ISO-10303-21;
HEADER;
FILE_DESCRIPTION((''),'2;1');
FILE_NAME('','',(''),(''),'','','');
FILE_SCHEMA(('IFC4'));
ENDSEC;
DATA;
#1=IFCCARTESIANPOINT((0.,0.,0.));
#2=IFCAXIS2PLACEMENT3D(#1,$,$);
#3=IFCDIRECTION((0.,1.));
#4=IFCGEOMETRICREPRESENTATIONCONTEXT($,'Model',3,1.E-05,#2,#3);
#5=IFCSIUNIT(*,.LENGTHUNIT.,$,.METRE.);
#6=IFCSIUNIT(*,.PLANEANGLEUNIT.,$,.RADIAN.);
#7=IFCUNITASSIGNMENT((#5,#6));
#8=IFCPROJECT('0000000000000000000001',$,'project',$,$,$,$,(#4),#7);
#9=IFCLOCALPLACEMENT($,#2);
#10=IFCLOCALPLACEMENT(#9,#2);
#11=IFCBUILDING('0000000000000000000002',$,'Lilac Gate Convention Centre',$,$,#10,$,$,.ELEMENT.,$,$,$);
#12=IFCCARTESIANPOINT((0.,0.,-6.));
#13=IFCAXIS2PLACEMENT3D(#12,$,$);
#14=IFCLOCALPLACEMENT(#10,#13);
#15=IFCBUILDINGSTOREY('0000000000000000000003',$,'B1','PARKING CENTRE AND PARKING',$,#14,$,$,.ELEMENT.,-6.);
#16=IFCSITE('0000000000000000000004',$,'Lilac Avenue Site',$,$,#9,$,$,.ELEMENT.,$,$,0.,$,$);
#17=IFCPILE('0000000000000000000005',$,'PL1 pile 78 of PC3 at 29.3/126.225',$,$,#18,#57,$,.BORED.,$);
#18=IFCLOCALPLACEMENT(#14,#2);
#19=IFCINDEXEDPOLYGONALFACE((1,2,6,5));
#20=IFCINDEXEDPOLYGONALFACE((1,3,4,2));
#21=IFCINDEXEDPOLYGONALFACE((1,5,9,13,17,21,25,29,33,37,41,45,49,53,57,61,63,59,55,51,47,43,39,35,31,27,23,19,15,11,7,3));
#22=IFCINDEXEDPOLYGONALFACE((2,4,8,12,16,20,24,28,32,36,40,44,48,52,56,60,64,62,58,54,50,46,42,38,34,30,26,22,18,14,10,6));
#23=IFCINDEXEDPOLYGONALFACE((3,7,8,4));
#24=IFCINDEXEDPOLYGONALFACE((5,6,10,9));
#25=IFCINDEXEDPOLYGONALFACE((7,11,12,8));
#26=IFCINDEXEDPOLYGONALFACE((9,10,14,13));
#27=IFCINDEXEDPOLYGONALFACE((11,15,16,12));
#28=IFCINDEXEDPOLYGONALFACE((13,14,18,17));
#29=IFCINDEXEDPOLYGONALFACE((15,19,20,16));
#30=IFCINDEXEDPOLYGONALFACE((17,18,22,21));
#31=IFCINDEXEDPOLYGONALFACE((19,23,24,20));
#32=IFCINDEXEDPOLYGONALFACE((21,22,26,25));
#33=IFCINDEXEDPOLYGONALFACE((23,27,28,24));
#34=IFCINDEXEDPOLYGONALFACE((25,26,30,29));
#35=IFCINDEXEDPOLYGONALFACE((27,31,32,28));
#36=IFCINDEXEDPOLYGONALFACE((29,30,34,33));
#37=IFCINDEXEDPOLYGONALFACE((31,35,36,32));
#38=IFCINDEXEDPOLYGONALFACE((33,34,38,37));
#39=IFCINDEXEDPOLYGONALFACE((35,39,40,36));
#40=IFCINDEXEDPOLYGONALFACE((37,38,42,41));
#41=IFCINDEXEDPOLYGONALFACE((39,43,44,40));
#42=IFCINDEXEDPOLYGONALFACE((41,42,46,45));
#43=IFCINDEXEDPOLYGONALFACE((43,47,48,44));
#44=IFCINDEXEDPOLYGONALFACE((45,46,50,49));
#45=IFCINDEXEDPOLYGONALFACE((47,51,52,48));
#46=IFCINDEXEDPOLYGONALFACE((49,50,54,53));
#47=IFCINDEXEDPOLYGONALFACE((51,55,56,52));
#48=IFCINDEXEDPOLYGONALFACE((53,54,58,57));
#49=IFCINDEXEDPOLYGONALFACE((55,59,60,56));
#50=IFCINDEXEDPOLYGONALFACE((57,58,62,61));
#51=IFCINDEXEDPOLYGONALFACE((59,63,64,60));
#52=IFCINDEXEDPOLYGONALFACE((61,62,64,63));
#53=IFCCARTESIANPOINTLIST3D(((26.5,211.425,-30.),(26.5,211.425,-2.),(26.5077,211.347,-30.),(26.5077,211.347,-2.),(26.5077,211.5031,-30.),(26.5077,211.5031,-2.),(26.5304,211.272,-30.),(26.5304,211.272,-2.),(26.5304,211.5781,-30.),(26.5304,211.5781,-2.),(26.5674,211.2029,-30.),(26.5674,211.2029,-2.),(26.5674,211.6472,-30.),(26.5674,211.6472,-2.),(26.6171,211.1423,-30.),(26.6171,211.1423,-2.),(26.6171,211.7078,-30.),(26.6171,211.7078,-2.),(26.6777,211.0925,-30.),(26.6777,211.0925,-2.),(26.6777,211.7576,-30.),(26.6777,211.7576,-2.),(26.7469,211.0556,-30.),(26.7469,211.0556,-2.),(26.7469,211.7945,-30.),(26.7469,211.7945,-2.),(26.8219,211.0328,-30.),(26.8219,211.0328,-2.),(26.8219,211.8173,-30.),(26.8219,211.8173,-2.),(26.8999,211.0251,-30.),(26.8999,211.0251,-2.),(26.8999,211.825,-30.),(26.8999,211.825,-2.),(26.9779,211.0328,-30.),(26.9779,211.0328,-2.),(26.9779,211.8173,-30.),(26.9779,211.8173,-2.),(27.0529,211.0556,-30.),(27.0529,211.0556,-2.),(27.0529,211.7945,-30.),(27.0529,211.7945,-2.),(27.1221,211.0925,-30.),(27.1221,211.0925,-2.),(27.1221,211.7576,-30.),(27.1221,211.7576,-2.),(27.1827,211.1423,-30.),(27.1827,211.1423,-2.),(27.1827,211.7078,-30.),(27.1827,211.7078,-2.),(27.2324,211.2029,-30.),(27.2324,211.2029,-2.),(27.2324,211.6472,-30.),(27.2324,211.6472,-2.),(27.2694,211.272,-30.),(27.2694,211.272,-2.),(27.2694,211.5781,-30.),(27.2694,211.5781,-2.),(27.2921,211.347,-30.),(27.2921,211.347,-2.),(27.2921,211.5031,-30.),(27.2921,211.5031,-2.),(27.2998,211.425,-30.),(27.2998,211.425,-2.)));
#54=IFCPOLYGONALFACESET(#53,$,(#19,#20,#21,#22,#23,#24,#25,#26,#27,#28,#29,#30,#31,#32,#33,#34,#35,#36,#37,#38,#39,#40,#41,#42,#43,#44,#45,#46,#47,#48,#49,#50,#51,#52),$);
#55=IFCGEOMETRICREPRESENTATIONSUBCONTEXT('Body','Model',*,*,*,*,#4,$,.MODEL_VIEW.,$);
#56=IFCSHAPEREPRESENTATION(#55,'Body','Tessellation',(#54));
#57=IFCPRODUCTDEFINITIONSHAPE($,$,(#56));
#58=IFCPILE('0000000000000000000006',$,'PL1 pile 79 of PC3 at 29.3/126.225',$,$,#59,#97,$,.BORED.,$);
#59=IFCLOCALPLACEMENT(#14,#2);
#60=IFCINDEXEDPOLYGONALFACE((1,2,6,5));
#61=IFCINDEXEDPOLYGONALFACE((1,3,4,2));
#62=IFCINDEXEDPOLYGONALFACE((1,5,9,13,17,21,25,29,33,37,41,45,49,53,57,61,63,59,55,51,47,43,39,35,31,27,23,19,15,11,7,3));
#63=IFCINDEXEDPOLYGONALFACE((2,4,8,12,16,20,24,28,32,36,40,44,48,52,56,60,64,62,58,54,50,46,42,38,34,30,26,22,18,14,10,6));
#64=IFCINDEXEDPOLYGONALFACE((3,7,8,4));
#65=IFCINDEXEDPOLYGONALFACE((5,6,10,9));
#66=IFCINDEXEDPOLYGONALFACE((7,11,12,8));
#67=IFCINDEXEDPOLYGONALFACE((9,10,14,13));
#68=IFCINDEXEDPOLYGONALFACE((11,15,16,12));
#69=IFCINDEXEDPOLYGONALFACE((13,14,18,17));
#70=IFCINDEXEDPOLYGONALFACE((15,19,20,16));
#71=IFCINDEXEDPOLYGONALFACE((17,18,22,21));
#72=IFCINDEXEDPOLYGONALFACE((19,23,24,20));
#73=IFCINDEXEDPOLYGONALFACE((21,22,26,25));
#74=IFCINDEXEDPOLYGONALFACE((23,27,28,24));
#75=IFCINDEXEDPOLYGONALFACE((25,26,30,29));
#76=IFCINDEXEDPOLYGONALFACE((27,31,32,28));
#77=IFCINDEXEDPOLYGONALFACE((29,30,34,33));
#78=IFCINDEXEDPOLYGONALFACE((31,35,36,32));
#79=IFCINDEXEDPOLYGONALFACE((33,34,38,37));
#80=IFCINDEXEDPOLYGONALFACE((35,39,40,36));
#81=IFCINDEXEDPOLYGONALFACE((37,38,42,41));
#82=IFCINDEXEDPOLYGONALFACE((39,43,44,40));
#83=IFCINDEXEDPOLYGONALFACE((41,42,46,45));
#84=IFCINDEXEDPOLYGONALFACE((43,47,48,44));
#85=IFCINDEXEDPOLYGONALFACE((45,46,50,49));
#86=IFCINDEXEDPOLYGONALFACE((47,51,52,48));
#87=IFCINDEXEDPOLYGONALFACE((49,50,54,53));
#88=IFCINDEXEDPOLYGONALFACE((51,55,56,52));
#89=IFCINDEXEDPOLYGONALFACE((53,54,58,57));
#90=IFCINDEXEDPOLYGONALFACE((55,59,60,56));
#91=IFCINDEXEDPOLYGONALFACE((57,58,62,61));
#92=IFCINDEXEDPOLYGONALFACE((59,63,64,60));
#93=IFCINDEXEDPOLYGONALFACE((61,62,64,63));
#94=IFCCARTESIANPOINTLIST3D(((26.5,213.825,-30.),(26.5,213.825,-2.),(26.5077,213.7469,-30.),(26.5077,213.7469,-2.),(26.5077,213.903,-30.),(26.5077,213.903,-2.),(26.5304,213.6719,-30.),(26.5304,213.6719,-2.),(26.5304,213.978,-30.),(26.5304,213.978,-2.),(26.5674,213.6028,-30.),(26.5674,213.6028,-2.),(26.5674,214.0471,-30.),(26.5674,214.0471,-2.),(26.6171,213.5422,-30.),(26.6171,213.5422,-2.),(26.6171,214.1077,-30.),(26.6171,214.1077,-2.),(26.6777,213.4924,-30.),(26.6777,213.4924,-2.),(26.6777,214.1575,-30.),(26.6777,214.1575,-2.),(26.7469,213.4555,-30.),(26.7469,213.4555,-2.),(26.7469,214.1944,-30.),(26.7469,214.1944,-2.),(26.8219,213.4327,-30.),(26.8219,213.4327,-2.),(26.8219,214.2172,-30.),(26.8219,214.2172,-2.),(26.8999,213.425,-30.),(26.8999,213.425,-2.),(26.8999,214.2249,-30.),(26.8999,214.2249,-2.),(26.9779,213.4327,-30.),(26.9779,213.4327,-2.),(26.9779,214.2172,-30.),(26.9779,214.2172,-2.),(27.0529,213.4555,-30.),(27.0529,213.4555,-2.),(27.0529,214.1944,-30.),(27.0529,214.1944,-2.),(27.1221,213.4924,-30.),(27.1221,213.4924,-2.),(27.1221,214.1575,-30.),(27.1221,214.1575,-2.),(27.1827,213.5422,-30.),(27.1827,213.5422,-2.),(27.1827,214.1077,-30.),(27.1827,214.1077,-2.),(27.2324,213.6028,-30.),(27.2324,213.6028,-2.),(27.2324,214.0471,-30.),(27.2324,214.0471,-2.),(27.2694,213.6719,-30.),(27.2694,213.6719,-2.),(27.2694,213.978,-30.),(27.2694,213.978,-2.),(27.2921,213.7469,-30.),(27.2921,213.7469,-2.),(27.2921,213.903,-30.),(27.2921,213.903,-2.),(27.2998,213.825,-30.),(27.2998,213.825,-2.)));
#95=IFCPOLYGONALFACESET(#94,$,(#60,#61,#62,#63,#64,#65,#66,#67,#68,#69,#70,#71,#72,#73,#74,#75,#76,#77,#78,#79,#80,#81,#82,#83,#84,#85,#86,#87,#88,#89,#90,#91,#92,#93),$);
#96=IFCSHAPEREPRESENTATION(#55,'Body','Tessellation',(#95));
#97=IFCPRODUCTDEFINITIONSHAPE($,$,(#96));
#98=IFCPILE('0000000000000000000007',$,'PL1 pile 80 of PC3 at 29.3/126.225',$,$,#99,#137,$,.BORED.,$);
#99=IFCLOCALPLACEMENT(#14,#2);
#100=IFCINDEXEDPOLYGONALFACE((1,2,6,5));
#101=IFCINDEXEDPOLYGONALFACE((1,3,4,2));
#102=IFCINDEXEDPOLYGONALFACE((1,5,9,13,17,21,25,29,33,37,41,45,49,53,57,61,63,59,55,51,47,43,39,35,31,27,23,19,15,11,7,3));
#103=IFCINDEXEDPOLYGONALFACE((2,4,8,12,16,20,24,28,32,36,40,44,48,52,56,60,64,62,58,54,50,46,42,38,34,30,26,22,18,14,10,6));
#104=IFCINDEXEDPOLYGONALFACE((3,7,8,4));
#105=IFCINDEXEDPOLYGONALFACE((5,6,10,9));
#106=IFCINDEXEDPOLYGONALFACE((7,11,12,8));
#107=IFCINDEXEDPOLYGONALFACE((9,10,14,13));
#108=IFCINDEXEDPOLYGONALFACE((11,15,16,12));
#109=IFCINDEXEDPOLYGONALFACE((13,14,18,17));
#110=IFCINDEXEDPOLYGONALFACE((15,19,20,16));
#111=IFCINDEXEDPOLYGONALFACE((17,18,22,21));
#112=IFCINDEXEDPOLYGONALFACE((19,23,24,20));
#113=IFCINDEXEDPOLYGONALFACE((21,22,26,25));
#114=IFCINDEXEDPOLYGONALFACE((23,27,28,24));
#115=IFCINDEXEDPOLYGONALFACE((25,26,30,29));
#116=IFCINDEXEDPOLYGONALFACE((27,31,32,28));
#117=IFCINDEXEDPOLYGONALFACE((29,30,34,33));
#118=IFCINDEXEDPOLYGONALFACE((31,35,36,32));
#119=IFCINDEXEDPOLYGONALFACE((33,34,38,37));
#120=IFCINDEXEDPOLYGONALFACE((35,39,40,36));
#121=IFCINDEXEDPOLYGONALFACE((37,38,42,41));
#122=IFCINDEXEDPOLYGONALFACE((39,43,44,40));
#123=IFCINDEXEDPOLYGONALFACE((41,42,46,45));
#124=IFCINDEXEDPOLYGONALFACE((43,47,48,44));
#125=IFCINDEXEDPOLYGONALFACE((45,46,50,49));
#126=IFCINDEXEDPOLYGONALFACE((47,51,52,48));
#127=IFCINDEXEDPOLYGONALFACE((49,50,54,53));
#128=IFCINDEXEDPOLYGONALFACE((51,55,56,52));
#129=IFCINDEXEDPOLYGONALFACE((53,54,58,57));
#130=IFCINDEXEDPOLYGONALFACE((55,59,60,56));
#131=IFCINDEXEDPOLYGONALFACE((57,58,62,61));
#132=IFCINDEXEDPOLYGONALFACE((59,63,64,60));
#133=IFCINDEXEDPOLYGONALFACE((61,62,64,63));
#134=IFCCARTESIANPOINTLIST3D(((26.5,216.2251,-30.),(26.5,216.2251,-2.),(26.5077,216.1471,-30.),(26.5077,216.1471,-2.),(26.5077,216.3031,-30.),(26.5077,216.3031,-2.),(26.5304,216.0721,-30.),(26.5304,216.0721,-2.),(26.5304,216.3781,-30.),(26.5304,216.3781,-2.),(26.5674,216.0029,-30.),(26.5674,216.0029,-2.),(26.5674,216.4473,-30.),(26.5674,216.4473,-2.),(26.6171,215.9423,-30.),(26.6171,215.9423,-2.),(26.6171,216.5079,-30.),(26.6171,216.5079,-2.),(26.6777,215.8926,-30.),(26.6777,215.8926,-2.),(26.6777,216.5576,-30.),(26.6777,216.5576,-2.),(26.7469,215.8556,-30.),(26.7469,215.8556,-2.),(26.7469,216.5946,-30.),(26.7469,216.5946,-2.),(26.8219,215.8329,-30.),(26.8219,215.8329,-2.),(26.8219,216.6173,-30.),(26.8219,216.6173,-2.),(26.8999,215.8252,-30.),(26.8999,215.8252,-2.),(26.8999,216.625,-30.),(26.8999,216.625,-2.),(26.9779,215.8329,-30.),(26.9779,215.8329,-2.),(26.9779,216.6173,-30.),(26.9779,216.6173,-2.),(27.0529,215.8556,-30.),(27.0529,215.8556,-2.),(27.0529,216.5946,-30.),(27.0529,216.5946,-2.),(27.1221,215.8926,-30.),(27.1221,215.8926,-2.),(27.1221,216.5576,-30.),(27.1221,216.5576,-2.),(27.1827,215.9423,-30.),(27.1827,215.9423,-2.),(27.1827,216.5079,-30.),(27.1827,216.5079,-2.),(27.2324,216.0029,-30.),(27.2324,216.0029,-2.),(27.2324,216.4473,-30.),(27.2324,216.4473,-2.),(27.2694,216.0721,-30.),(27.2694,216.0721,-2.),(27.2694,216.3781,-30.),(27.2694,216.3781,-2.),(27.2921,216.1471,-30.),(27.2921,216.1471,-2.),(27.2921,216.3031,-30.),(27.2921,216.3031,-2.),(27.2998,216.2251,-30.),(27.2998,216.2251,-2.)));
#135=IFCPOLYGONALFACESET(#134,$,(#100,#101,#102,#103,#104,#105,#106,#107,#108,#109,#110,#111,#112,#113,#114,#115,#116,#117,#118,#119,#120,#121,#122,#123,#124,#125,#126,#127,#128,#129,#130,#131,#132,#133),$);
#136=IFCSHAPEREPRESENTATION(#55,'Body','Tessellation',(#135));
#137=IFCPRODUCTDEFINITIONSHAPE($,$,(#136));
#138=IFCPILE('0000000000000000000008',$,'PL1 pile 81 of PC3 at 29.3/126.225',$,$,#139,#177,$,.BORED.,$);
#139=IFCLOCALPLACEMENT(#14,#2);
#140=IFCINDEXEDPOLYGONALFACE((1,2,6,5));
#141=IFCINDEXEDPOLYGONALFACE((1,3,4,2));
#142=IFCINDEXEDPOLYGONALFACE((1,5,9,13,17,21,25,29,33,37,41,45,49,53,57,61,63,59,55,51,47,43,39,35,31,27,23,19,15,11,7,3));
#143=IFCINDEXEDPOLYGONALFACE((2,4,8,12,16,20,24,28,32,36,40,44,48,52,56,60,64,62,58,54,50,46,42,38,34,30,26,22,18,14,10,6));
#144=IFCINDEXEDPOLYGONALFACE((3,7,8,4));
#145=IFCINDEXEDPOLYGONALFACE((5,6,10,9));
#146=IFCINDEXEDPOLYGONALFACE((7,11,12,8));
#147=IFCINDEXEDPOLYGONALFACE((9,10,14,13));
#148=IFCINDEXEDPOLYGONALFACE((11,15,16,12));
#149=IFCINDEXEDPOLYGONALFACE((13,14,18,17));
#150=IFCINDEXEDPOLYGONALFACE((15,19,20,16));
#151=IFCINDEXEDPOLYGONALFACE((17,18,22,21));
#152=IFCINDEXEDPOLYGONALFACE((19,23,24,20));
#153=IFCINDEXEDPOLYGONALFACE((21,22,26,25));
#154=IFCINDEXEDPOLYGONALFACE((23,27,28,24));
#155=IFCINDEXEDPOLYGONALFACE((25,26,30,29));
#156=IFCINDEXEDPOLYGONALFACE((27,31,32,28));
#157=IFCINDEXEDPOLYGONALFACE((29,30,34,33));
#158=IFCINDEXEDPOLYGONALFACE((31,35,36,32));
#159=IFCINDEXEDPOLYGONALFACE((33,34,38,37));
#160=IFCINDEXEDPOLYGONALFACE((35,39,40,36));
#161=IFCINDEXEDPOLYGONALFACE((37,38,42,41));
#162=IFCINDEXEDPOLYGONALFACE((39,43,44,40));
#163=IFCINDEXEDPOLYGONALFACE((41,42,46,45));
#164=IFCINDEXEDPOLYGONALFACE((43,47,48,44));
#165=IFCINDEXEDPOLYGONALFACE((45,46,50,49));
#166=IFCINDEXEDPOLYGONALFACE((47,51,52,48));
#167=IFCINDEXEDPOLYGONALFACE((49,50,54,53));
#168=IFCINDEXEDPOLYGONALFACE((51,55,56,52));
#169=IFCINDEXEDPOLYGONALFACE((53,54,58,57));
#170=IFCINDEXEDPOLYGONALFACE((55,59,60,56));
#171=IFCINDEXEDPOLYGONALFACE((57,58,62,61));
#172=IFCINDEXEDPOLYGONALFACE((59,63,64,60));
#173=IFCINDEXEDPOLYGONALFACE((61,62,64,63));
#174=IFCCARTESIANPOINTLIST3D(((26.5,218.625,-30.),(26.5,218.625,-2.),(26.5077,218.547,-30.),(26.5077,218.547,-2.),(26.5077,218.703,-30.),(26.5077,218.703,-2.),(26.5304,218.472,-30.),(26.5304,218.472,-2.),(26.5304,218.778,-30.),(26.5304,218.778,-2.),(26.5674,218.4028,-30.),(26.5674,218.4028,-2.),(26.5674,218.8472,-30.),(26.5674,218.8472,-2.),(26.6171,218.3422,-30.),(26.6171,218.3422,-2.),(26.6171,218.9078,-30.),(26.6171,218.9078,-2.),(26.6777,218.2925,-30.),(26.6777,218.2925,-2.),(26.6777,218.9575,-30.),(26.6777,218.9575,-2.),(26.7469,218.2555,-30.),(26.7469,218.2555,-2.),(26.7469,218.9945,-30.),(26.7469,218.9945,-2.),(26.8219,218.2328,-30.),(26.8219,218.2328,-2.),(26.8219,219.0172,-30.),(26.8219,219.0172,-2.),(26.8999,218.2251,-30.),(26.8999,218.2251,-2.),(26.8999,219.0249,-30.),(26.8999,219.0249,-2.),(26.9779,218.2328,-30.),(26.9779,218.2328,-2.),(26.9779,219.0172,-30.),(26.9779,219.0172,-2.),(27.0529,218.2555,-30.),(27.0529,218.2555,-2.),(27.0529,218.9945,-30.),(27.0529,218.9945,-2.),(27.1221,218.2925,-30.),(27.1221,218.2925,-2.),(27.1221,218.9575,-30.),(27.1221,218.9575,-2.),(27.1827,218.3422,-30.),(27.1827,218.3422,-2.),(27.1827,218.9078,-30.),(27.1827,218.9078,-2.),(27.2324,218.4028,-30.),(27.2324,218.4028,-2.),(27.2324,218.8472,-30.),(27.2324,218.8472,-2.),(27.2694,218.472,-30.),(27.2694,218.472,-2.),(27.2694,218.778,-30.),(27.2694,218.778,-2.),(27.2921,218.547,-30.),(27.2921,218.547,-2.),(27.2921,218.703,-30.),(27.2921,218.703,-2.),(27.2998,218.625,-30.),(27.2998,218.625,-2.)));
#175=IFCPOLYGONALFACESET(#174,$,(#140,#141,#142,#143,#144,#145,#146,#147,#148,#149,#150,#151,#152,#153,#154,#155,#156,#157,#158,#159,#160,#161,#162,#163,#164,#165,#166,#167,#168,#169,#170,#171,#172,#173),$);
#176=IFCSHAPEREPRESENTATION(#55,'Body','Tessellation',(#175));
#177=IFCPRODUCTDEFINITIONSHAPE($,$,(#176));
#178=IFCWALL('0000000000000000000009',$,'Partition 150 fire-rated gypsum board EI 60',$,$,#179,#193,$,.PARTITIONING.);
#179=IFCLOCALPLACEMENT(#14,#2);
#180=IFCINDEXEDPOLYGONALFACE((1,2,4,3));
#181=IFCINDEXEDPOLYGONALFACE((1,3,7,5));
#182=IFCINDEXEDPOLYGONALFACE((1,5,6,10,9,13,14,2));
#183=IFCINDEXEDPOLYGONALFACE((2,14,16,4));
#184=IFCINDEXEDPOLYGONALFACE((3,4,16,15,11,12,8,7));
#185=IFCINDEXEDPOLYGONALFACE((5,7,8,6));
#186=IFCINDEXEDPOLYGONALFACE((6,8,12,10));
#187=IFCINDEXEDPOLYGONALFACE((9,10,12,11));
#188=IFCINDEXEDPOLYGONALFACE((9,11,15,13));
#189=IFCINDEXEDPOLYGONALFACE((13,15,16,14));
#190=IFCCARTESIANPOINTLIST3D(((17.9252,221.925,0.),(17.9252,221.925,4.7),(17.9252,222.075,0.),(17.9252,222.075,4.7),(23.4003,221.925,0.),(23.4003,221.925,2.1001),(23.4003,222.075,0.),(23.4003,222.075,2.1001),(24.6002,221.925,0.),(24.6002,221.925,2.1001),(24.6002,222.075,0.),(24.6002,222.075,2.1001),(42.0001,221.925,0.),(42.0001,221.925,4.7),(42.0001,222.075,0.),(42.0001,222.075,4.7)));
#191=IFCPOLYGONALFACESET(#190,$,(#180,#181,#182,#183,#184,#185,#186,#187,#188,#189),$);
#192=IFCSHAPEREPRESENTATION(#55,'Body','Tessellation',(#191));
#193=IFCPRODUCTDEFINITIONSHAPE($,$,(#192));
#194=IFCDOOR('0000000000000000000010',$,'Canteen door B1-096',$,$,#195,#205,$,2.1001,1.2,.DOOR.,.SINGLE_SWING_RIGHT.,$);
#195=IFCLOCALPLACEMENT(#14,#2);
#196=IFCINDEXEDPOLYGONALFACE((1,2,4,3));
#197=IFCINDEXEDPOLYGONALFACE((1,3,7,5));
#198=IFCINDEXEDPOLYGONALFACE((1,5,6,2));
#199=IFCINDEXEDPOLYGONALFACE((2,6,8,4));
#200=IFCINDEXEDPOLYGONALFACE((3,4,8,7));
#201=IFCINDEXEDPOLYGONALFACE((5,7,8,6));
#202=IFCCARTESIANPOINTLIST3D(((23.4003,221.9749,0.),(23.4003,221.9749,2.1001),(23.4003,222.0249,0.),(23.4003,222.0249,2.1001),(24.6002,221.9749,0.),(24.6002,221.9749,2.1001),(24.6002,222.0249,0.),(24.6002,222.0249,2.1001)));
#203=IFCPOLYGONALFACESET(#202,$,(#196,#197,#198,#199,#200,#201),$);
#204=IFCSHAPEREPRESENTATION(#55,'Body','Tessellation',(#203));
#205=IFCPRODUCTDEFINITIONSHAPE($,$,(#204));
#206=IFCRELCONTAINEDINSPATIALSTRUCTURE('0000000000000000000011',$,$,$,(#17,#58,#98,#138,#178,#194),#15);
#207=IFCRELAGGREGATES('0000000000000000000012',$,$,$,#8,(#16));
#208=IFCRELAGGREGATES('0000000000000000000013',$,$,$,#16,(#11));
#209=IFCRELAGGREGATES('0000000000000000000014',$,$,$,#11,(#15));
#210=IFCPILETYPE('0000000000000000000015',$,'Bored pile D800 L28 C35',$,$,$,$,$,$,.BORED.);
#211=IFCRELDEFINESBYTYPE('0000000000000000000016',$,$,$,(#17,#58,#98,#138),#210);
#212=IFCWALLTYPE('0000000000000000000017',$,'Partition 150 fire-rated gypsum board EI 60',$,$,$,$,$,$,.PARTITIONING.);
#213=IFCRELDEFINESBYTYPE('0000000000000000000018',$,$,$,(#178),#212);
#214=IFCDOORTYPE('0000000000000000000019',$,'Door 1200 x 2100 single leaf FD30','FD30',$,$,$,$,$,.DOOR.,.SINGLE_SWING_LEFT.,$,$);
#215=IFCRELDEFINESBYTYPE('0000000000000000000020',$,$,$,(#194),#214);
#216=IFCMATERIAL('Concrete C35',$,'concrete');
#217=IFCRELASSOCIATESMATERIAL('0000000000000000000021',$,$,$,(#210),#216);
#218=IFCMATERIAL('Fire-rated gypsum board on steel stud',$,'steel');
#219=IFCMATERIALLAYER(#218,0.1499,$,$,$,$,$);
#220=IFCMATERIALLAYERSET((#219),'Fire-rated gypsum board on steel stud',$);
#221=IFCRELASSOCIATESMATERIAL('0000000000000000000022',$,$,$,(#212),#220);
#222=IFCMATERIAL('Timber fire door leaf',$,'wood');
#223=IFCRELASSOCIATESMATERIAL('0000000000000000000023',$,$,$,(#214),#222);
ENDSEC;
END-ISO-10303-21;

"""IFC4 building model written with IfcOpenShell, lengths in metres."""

from ifc_helpers import new_model, si_unit, direction, frame, frame_2d, origin, origin_2d, place, context, subcontext, project, spatial, rectangle, circle, extrude, material, layer, layer_set, material_profile, profile_set, type_object, element, fill, save


model = new_model("IFC4")

# Units and contexts
model_context = context("Model", 3, precision=1e-05, world=origin(), true_north=direction((0.0, 1.0)))
body_context = subcontext(model_context, "Body", "Model", "MODEL_VIEW")
ifc_project = project(units=[si_unit("LENGTHUNIT", "METRE"), si_unit("PLANEANGLEUNIT", "RADIAN")], contexts=[model_context])

# Site, building, storey
site_placement = place(None, origin())
site = spatial("IfcSite", under=ifc_project, at=site_placement, Name="Lilac Avenue Site", CompositionType="ELEMENT", RefElevation=0.0)
building_placement = place(site_placement, origin())
building = spatial("IfcBuilding", under=site, at=building_placement, Name="Lilac Gate Convention Centre", CompositionType="ELEMENT")
storey_placement = place(building_placement, frame((0.0, 0.0, -6.0)))
storey = spatial("IfcBuildingStorey", under=building, at=storey_placement, Name="B1", Description="PARKING CENTRE AND PARKING", CompositionType="ELEMENT", Elevation=-6.0)

# Piles
ifc_material_1 = material(Name="Concrete C35", Category="concrete")
ifc_material_profile = material_profile(ifc_material_1, circle(Radius=0.3999, at=origin_2d()), Name="D800")
ifc_profile_set = profile_set([ifc_material_profile], Name="Concrete C35")
pile_type = type_object("IfcPileType", Name="Bored pile D800 L28 C35", PredefinedType="BORED", material=ifc_profile_set)
for number, where, z_axis, x_axis, name in (
    (1, (26.8999, 211.425, -2.0), (0.0, 0.0, -1.0), (1.0, 0.0, 0.0), "PL1 pile 78 of PC3 at 29.3/126.225"),
    (2, (26.8999, 213.825, -2.0), (0.0, 0.0, -1.0), (1.0, 0.0, 0.0), "PL1 pile 79 of PC3 at 29.3/126.225"),
    (3, (26.8999, 216.2251, -2.0), (0.0, 0.0, -1.0), (1.0, 0.0, 0.0), "PL1 pile 80 of PC3 at 29.3/126.225"),
    (4, (26.8999, 218.625, -2.0), (0.0, 0.0, -1.0), (1.0, 0.0, 0.0), "PL1 pile 81 of PC3 at 29.3/126.225"),
):
    element("IfcPile", number, at=place(storey_placement, frame(where, z_axis=z_axis, x_axis=x_axis)), inside=storey, type_object=pile_type, Name=name, PredefinedType="BORED", context=body_context, shape_type="SweptSolid", body=[
        extrude(circle(Radius=0.3999, at=origin_2d()), origin(), (0.0, 0.0, 1.0), 28.0),
    ])

# Wall, opening, door
ifc_material_2 = material(Name="Fire-rated gypsum board on steel stud", Category="steel")
ifc_layer_1 = layer(ifc_material_2, 0.1499)
ifc_layer_set_1 = layer_set([ifc_layer_1], Name="Fire-rated gypsum board on steel stud")
wall_type_1 = type_object("IfcWallType", Name="Partition 150 fire-rated gypsum board EI 60", PredefinedType="PARTITIONING", material=ifc_layer_set_1)
wall_1_placement = place(storey_placement, frame((17.925, 222.0, 0.0), z_axis=(0.0, 0.0, 1.0), x_axis=(1.0, 0.0, 0.0)))
wall_1 = element("IfcWall", 5, at=wall_1_placement, inside=storey, type_object=wall_type_1, Name="Partition 150 fire-rated gypsum board EI 60", PredefinedType="PARTITIONING", context=body_context, shape_type="SweptSolid", body=[
    extrude(rectangle(XDim=24.075, YDim=0.1499, at=frame_2d((12.0376, 0.0))), origin(), (0.0, 0.0, 1.0), 4.7),
])
opening_1_placement = place(wall_1_placement, frame((5.4751, 0.0, 0.0)))
opening_1 = element("IfcOpeningElement", 6, at=opening_1_placement, cuts=wall_1, PredefinedType="OPENING", context=body_context, shape_type="SweptSolid", body=[
    extrude(rectangle(XDim=1.2, YDim=2.1001, at=frame_2d((0.6001, 1.05))), frame((0.0, 0.085, 0.0), z_axis=(0.0, -1.0, 0.0), x_axis=(1.0, 0.0, 0.0)), (0.0, 0.0, 1.0), 0.1699),
])
ifc_material_3 = material(Name="Timber fire door leaf", Category="wood")
door_type_1 = type_object("IfcDoorType", Name="Door 1200 x 2100 single leaf FD30", Description="FD30", OperationType="SINGLE_SWING_LEFT", PredefinedType="DOOR", material=ifc_material_3)
door_1_placement = place(opening_1_placement, origin())
door_1 = element("IfcDoor", 7, at=door_1_placement, inside=storey, type_object=door_type_1, Name="Canteen door B1-096", OperationType="SINGLE_SWING_RIGHT", OverallHeight=2.1001, OverallWidth=1.2, PredefinedType="DOOR", context=body_context, shape_type="SweptSolid", body=[
    extrude(rectangle(XDim=1.2, YDim=2.1001, at=frame_2d((0.6001, 1.05))), frame((0.0, 0.0249, 0.0), z_axis=(0.0, -1.0, 0.0), x_axis=(1.0, 0.0, 0.0)), (0.0, 0.0, 1.0), 0.05),
])
fill(opening_1, door_1)

save(model, "model.ifc")
